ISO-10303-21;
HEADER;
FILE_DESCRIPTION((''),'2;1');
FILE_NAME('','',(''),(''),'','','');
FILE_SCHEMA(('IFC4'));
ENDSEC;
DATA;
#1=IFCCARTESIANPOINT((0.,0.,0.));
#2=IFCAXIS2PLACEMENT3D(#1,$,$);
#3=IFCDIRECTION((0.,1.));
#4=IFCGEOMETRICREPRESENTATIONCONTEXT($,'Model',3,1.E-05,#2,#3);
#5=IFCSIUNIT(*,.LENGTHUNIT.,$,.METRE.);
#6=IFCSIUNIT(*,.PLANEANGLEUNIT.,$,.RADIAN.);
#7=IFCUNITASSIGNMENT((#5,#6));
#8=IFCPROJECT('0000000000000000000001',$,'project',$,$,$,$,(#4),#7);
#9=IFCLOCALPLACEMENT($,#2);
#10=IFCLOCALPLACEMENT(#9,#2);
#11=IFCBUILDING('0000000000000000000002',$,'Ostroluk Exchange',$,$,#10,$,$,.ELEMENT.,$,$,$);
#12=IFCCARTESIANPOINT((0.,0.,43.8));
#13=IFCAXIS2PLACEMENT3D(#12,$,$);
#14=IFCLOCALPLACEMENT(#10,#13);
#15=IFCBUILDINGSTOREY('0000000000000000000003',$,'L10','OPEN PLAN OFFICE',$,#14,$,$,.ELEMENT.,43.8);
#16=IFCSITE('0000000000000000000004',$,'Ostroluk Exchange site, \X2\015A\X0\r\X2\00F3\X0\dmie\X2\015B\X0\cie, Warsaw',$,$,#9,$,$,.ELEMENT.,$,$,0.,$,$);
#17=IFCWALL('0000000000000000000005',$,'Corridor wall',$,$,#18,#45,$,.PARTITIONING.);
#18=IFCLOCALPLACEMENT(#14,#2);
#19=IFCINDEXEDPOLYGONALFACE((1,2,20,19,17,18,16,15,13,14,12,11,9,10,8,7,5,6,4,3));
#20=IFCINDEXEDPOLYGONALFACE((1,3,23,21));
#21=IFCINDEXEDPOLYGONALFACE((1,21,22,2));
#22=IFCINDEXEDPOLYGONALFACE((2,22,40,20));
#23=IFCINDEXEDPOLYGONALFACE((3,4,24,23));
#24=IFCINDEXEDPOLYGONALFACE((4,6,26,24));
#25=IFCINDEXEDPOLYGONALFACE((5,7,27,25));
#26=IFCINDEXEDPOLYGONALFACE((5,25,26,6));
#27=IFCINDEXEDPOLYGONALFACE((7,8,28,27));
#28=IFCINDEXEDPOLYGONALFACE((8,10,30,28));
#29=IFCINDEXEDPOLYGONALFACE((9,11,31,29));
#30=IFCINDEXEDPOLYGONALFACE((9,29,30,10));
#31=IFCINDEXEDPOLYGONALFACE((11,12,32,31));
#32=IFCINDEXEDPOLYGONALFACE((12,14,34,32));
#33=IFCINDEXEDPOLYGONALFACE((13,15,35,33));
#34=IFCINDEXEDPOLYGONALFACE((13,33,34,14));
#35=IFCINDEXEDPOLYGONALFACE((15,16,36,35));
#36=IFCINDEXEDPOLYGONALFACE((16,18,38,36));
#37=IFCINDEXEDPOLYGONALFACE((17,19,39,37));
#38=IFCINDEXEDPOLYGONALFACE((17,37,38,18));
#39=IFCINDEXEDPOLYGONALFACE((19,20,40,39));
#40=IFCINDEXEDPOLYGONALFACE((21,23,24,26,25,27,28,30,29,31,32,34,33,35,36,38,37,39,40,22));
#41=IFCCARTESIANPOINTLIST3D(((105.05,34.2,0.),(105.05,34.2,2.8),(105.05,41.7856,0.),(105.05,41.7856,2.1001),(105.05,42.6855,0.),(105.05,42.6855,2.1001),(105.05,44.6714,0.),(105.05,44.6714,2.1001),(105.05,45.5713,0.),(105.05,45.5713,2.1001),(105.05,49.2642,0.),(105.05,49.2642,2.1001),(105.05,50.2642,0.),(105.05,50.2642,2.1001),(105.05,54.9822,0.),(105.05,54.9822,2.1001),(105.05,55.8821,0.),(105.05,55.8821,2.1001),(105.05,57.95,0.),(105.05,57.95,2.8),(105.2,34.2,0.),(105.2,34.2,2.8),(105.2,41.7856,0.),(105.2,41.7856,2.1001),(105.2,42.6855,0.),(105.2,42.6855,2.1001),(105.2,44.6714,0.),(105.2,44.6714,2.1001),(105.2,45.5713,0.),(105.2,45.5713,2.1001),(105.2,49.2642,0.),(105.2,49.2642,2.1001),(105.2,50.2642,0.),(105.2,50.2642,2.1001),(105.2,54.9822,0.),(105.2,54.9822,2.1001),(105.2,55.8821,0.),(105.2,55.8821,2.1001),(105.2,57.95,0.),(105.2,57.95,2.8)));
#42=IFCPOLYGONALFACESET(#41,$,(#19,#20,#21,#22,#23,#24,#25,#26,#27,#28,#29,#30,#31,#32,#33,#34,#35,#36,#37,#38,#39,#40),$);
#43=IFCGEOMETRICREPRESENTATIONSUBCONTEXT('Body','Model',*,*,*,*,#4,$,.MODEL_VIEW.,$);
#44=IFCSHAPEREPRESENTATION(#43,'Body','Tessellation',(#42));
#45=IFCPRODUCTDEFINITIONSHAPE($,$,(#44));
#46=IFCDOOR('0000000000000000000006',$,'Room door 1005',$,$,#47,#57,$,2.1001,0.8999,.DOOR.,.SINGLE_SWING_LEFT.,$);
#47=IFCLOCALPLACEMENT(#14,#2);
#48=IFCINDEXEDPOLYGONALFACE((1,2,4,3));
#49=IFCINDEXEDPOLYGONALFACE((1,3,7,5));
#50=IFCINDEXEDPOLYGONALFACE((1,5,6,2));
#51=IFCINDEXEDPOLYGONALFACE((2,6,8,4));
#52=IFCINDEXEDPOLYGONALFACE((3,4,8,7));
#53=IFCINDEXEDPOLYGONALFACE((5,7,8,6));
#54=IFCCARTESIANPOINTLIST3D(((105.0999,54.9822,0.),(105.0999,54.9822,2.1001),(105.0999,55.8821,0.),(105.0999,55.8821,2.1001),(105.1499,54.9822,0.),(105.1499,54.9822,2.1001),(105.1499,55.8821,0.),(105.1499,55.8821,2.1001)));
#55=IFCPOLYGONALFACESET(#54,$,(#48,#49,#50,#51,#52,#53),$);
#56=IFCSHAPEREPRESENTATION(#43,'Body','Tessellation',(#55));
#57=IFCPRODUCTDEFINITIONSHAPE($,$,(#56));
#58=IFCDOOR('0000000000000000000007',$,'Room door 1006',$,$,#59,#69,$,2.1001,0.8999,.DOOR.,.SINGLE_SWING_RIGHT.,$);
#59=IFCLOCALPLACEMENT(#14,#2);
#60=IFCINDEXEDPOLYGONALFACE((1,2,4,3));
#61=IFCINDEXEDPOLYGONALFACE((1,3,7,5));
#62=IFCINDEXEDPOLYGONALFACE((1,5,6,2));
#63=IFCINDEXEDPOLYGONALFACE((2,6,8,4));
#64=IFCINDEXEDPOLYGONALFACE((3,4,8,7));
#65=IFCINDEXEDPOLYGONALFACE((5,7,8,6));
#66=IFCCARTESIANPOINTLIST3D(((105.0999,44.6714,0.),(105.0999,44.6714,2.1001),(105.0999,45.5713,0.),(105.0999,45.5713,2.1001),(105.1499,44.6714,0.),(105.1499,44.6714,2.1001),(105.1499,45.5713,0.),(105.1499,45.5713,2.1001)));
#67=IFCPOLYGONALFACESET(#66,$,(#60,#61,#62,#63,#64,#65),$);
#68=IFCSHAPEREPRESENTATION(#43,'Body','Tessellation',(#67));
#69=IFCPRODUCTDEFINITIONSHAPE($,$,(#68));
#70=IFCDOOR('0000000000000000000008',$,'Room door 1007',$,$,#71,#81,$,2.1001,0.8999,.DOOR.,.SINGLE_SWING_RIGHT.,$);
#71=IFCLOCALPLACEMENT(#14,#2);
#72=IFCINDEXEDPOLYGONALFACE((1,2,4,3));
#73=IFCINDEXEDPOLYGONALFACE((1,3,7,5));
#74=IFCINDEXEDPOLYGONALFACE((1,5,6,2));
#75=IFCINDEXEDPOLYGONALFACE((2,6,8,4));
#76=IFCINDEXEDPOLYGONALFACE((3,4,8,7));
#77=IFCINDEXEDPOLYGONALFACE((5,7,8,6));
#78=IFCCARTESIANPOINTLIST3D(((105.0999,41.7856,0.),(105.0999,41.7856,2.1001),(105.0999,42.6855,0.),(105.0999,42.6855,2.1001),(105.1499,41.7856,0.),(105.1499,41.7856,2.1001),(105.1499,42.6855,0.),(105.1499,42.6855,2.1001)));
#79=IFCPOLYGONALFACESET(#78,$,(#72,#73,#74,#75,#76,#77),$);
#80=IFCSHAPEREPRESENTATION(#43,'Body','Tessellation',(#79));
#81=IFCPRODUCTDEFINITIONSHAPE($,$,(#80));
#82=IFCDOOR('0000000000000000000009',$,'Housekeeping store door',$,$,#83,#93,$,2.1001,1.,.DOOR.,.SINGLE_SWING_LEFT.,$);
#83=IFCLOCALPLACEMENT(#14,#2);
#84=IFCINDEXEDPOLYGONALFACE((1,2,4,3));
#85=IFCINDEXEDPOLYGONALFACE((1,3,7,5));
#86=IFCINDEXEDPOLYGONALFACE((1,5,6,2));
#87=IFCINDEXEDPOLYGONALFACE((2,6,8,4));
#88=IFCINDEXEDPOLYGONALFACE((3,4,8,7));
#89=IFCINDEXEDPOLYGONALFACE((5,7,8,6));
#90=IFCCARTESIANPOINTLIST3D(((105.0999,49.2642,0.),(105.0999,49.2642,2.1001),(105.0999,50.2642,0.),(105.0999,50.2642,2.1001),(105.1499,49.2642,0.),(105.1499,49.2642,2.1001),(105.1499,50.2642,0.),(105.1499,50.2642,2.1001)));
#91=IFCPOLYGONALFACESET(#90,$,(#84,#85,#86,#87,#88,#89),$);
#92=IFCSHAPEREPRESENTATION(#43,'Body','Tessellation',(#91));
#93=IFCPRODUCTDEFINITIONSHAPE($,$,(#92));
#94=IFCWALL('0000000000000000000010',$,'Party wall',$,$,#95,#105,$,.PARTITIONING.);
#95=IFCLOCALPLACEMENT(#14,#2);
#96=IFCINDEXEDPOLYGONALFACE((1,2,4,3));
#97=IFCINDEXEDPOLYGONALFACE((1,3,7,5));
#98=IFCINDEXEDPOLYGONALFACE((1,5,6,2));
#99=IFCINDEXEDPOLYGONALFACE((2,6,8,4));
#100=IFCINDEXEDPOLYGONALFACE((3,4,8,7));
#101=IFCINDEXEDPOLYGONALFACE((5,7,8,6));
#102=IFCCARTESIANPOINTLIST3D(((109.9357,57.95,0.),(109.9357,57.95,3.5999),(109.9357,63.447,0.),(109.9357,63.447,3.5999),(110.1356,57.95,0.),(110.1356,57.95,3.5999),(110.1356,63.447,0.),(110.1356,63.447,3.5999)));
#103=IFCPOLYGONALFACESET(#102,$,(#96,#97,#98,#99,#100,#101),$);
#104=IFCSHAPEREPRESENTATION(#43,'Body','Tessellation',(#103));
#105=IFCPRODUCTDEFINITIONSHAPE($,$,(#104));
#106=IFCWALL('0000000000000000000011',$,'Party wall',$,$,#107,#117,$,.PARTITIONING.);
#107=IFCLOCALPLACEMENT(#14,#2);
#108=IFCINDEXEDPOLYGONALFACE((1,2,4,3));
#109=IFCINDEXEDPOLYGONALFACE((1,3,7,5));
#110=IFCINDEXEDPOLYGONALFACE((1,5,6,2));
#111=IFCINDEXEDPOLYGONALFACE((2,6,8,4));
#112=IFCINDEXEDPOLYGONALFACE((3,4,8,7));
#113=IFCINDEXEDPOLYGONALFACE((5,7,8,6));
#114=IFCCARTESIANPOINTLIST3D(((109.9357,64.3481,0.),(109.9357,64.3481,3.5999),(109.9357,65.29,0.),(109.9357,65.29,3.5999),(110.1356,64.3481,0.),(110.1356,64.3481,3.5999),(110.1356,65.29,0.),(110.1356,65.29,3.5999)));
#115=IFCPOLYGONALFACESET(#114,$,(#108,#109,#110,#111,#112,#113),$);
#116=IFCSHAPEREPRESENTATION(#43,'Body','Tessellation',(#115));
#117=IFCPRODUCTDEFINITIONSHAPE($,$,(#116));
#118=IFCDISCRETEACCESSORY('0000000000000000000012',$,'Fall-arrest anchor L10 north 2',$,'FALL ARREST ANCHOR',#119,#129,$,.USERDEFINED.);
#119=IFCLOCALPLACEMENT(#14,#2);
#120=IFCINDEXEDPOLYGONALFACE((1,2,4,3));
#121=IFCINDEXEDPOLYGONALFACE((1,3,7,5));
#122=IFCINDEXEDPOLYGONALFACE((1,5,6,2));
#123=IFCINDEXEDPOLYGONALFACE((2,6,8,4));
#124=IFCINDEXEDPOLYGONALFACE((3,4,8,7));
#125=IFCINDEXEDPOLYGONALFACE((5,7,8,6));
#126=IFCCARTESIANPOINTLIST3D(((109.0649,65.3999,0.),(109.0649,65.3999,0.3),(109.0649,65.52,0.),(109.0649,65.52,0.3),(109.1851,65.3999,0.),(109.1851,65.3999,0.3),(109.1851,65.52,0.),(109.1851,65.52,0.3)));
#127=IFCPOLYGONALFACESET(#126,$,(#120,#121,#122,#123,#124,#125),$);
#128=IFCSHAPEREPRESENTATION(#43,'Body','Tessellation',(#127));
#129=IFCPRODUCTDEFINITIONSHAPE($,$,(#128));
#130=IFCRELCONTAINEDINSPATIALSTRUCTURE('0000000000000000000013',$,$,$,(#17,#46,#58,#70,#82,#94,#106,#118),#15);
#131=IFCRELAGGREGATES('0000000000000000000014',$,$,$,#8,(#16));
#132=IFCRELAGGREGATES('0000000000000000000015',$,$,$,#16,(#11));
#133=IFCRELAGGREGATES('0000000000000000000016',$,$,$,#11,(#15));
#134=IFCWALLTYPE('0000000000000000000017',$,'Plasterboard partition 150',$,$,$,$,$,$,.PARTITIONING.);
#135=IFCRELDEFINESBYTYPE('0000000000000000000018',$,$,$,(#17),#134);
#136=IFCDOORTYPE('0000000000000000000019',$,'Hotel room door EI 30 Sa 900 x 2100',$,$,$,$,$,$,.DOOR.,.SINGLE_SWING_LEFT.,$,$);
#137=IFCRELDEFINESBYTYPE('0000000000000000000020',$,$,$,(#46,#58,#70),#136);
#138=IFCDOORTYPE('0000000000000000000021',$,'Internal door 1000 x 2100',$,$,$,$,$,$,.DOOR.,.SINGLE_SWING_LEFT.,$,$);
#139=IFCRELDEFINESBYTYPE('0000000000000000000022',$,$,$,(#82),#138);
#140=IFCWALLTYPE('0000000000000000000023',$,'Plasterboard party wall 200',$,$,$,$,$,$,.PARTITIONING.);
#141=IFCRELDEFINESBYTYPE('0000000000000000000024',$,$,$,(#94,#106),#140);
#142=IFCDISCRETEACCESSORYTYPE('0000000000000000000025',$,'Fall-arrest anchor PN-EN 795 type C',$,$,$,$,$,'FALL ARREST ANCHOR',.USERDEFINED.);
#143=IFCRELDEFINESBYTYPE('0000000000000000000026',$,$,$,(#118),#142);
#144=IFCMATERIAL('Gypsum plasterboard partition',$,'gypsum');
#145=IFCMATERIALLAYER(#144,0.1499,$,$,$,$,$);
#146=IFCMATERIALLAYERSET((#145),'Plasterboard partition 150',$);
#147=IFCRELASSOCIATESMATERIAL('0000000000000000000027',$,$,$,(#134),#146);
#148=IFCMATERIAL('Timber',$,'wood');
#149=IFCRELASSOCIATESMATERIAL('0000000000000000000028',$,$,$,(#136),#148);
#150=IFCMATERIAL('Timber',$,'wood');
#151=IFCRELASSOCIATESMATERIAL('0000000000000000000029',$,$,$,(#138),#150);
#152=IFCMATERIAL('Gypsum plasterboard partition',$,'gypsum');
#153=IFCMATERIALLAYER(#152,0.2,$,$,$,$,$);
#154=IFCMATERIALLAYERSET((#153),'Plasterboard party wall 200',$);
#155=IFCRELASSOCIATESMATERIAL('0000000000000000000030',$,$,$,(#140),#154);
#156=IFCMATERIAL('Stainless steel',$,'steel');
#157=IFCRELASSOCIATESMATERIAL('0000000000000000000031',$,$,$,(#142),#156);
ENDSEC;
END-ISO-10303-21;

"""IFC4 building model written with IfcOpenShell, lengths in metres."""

from ifc_helpers import new_model, si_unit, direction, frame, frame_2d, origin, origin_2d, place, context, subcontext, project, spatial, rectangle, extrude, material, layer, layer_set, type_object, element, fill, save


model = new_model("IFC4")

# Units and contexts
model_context = context("Model", 3, precision=1e-05, world=origin(), true_north=direction((0.0, 1.0)))
body_context = subcontext(model_context, "Body", "Model", "MODEL_VIEW")
ifc_project = project(units=[si_unit("LENGTHUNIT", "METRE"), si_unit("PLANEANGLEUNIT", "RADIAN")], contexts=[model_context])

# Site, building, storey
site_placement = place(None, origin())
site = spatial("IfcSite", under=ifc_project, at=site_placement, Name="Ostroluk Exchange site, Śródmieście, Warsaw", CompositionType="ELEMENT", RefElevation=0.0)
building_placement = place(site_placement, origin())
building = spatial("IfcBuilding", under=site, at=building_placement, Name="Ostroluk Exchange", CompositionType="ELEMENT")
storey_placement = place(building_placement, frame((0.0, 0.0, 43.8)))
storey = spatial("IfcBuildingStorey", under=building, at=storey_placement, Name="L10", Description="OPEN PLAN OFFICE", CompositionType="ELEMENT", Elevation=43.8)

# Wall, openings, doors
ifc_material_1 = material(Name="Gypsum plasterboard partition", Category="gypsum")
ifc_layer_1 = layer(ifc_material_1, 0.1499)
ifc_layer_set_1 = layer_set([ifc_layer_1], Name="Plasterboard partition 150")
wall_type_1 = type_object("IfcWallType", Name="Plasterboard partition 150", PredefinedType="PARTITIONING", material=ifc_layer_set_1)
wall_1_placement = place(storey_placement, frame((105.125, 57.95, 0.0), z_axis=(0.0, 0.0, 1.0), x_axis=(0.0, -1.0, 0.0)))
wall_1 = element("IfcWall", 1, at=wall_1_placement, inside=storey, type_object=wall_type_1, Name="Corridor wall", PredefinedType="PARTITIONING", context=body_context, shape_type="SweptSolid", body=[
    extrude(rectangle(XDim=23.75, YDim=0.1499, at=frame_2d((11.875, 0.0))), origin(), (0.0, 0.0, 1.0), 2.8),
])
opening_1_placement = place(wall_1_placement, frame((2.0679, 0.0, 0.0)))
opening_1 = element("IfcOpeningElement", 2, at=opening_1_placement, cuts=wall_1, PredefinedType="OPENING", context=body_context, shape_type="SweptSolid", body=[
    extrude(rectangle(XDim=0.8999, YDim=2.1001, at=frame_2d((0.45, 1.05))), frame((0.0, 0.085, 0.0), z_axis=(0.0, -1.0, 0.0), x_axis=(1.0, 0.0, 0.0)), (0.0, 0.0, 1.0), 0.1699),
])
opening_2_placement = place(wall_1_placement, frame((7.6858, 0.0, 0.0)))
opening_2 = element("IfcOpeningElement", 3, at=opening_2_placement, cuts=wall_1, PredefinedType="OPENING", context=body_context, shape_type="SweptSolid", body=[
    extrude(rectangle(XDim=1.0, YDim=2.1001, at=frame_2d((0.5, 1.05))), frame((0.0, 0.085, 0.0), z_axis=(0.0, -1.0, 0.0), x_axis=(1.0, 0.0, 0.0)), (0.0, 0.0, 1.0), 0.1699),
])
opening_3_placement = place(wall_1_placement, frame((12.3787, 0.0, 0.0)))
opening_3 = element("IfcOpeningElement", 4, at=opening_3_placement, cuts=wall_1, PredefinedType="OPENING", context=body_context, shape_type="SweptSolid", body=[
    extrude(rectangle(XDim=0.8999, YDim=2.1001, at=frame_2d((0.45, 1.05))), frame((0.0, 0.085, 0.0), z_axis=(0.0, -1.0, 0.0), x_axis=(1.0, 0.0, 0.0)), (0.0, 0.0, 1.0), 0.1699),
])
opening_4_placement = place(wall_1_placement, frame((15.2644, 0.0, 0.0)))
opening_4 = element("IfcOpeningElement", 5, at=opening_4_placement, cuts=wall_1, PredefinedType="OPENING", context=body_context, shape_type="SweptSolid", body=[
    extrude(rectangle(XDim=0.8999, YDim=2.1001, at=frame_2d((0.45, 1.05))), frame((0.0, 0.085, 0.0), z_axis=(0.0, -1.0, 0.0), x_axis=(1.0, 0.0, 0.0)), (0.0, 0.0, 1.0), 0.1699),
])
ifc_material_2 = material(Name="Timber", Category="wood")
door_type_1 = type_object("IfcDoorType", Name="Hotel room door EI 30 Sa 900 x 2100", OperationType="SINGLE_SWING_LEFT", PredefinedType="DOOR", material=ifc_material_2)
door_1_placement = place(opening_1_placement, origin())
door_1 = element("IfcDoor", 6, at=door_1_placement, inside=storey, type_object=door_type_1, Name="Room door 1005", OperationType="SINGLE_SWING_LEFT", OverallHeight=2.1001, OverallWidth=0.8999, PredefinedType="DOOR", context=body_context, shape_type="SweptSolid", body=[
    extrude(rectangle(XDim=0.8999, YDim=2.1001, at=frame_2d((0.45, 1.05))), frame((0.0, 0.0249, 0.0), z_axis=(0.0, -1.0, 0.0), x_axis=(1.0, 0.0, 0.0)), (0.0, 0.0, 1.0), 0.05),
])
fill(opening_1, door_1)
door_2_placement = place(opening_3_placement, origin())
door_2 = element("IfcDoor", 7, at=door_2_placement, inside=storey, type_object=door_type_1, Name="Room door 1006", OperationType="SINGLE_SWING_RIGHT", OverallHeight=2.1001, OverallWidth=0.8999, PredefinedType="DOOR", context=body_context, shape_type="SweptSolid", body=[
    extrude(rectangle(XDim=0.8999, YDim=2.1001, at=frame_2d((0.45, 1.05))), frame((0.0, 0.0249, 0.0), z_axis=(0.0, -1.0, 0.0), x_axis=(1.0, 0.0, 0.0)), (0.0, 0.0, 1.0), 0.05),
])
fill(opening_3, door_2)
door_3_placement = place(opening_4_placement, origin())
door_3 = element("IfcDoor", 8, at=door_3_placement, inside=storey, type_object=door_type_1, Name="Room door 1007", OperationType="SINGLE_SWING_RIGHT", OverallHeight=2.1001, OverallWidth=0.8999, PredefinedType="DOOR", context=body_context, shape_type="SweptSolid", body=[
    extrude(rectangle(XDim=0.8999, YDim=2.1001, at=frame_2d((0.45, 1.05))), frame((0.0, 0.0249, 0.0), z_axis=(0.0, -1.0, 0.0), x_axis=(1.0, 0.0, 0.0)), (0.0, 0.0, 1.0), 0.05),
])
fill(opening_4, door_3)
ifc_material_3 = material(Name="Timber", Category="wood")
door_type_2 = type_object("IfcDoorType", Name="Internal door 1000 x 2100", OperationType="SINGLE_SWING_LEFT", PredefinedType="DOOR", material=ifc_material_3)
door_4_placement = place(opening_2_placement, origin())
door_4 = element("IfcDoor", 9, at=door_4_placement, inside=storey, type_object=door_type_2, Name="Housekeeping store door", OperationType="SINGLE_SWING_LEFT", OverallHeight=2.1001, OverallWidth=1.0, PredefinedType="DOOR", context=body_context, shape_type="SweptSolid", body=[
    extrude(rectangle(XDim=1.0, YDim=2.1001, at=frame_2d((0.5, 1.05))), frame((0.0, 0.0249, 0.0), z_axis=(0.0, -1.0, 0.0), x_axis=(1.0, 0.0, 0.0)), (0.0, 0.0, 1.0), 0.05),
])
fill(opening_2, door_4)

# Walls
ifc_material_4 = material(Name="Gypsum plasterboard partition", Category="gypsum")
ifc_layer_2 = layer(ifc_material_4, 0.2)
ifc_layer_set_2 = layer_set([ifc_layer_2], Name="Plasterboard party wall 200")
wall_type_2 = type_object("IfcWallType", Name="Plasterboard party wall 200", PredefinedType="PARTITIONING", material=ifc_layer_set_2)
wall_2_placement = place(storey_placement, frame((110.0356, 57.95, 0.0), z_axis=(0.0, 0.0, 1.0), x_axis=(0.0, 1.0, 0.0)))
element("IfcWall", 10, at=wall_2_placement, inside=storey, type_object=wall_type_2, Name="Party wall", PredefinedType="PARTITIONING", context=body_context, shape_type="SweptSolid", body=[
    extrude(rectangle(XDim=5.4971, YDim=0.2, at=frame_2d((2.7485, 0.0))), origin(), (0.0, 0.0, 1.0), 3.5999),
])
wall_3_placement = place(storey_placement, frame((110.0356, 64.3481, 0.0), z_axis=(0.0, 0.0, 1.0), x_axis=(0.0, 1.0, 0.0)))
element("IfcWall", 11, at=wall_3_placement, inside=storey, type_object=wall_type_2, Name="Party wall", PredefinedType="PARTITIONING", context=body_context, shape_type="SweptSolid", body=[
    extrude(rectangle(XDim=0.9419, YDim=0.2, at=frame_2d((0.4709, 0.0))), origin(), (0.0, 0.0, 1.0), 3.5999),
])

# Discrete accessory
ifc_material_5 = material(Name="Stainless steel", Category="steel")
discrete_accessory_type = type_object("IfcDiscreteAccessoryType", Name="Fall-arrest anchor PN-EN 795 type C", ElementType="FALL ARREST ANCHOR", PredefinedType="USERDEFINED", material=ifc_material_5)
discrete_accessory_placement = place(storey_placement, frame((109.125, 65.46, 0.0), z_axis=(0.0, 0.0, 1.0), x_axis=(1.0, 0.0, 0.0)))
element("IfcDiscreteAccessory", 12, at=discrete_accessory_placement, inside=storey, type_object=discrete_accessory_type, Name="Fall-arrest anchor L10 north 2", ObjectType="FALL ARREST ANCHOR", PredefinedType="USERDEFINED", context=body_context, shape_type="SweptSolid", body=[
    extrude(rectangle(XDim=0.1201, YDim=0.1201, at=origin_2d()), origin(), (0.0, 0.0, 1.0), 0.3),
])

save(model, "model.ifc")
